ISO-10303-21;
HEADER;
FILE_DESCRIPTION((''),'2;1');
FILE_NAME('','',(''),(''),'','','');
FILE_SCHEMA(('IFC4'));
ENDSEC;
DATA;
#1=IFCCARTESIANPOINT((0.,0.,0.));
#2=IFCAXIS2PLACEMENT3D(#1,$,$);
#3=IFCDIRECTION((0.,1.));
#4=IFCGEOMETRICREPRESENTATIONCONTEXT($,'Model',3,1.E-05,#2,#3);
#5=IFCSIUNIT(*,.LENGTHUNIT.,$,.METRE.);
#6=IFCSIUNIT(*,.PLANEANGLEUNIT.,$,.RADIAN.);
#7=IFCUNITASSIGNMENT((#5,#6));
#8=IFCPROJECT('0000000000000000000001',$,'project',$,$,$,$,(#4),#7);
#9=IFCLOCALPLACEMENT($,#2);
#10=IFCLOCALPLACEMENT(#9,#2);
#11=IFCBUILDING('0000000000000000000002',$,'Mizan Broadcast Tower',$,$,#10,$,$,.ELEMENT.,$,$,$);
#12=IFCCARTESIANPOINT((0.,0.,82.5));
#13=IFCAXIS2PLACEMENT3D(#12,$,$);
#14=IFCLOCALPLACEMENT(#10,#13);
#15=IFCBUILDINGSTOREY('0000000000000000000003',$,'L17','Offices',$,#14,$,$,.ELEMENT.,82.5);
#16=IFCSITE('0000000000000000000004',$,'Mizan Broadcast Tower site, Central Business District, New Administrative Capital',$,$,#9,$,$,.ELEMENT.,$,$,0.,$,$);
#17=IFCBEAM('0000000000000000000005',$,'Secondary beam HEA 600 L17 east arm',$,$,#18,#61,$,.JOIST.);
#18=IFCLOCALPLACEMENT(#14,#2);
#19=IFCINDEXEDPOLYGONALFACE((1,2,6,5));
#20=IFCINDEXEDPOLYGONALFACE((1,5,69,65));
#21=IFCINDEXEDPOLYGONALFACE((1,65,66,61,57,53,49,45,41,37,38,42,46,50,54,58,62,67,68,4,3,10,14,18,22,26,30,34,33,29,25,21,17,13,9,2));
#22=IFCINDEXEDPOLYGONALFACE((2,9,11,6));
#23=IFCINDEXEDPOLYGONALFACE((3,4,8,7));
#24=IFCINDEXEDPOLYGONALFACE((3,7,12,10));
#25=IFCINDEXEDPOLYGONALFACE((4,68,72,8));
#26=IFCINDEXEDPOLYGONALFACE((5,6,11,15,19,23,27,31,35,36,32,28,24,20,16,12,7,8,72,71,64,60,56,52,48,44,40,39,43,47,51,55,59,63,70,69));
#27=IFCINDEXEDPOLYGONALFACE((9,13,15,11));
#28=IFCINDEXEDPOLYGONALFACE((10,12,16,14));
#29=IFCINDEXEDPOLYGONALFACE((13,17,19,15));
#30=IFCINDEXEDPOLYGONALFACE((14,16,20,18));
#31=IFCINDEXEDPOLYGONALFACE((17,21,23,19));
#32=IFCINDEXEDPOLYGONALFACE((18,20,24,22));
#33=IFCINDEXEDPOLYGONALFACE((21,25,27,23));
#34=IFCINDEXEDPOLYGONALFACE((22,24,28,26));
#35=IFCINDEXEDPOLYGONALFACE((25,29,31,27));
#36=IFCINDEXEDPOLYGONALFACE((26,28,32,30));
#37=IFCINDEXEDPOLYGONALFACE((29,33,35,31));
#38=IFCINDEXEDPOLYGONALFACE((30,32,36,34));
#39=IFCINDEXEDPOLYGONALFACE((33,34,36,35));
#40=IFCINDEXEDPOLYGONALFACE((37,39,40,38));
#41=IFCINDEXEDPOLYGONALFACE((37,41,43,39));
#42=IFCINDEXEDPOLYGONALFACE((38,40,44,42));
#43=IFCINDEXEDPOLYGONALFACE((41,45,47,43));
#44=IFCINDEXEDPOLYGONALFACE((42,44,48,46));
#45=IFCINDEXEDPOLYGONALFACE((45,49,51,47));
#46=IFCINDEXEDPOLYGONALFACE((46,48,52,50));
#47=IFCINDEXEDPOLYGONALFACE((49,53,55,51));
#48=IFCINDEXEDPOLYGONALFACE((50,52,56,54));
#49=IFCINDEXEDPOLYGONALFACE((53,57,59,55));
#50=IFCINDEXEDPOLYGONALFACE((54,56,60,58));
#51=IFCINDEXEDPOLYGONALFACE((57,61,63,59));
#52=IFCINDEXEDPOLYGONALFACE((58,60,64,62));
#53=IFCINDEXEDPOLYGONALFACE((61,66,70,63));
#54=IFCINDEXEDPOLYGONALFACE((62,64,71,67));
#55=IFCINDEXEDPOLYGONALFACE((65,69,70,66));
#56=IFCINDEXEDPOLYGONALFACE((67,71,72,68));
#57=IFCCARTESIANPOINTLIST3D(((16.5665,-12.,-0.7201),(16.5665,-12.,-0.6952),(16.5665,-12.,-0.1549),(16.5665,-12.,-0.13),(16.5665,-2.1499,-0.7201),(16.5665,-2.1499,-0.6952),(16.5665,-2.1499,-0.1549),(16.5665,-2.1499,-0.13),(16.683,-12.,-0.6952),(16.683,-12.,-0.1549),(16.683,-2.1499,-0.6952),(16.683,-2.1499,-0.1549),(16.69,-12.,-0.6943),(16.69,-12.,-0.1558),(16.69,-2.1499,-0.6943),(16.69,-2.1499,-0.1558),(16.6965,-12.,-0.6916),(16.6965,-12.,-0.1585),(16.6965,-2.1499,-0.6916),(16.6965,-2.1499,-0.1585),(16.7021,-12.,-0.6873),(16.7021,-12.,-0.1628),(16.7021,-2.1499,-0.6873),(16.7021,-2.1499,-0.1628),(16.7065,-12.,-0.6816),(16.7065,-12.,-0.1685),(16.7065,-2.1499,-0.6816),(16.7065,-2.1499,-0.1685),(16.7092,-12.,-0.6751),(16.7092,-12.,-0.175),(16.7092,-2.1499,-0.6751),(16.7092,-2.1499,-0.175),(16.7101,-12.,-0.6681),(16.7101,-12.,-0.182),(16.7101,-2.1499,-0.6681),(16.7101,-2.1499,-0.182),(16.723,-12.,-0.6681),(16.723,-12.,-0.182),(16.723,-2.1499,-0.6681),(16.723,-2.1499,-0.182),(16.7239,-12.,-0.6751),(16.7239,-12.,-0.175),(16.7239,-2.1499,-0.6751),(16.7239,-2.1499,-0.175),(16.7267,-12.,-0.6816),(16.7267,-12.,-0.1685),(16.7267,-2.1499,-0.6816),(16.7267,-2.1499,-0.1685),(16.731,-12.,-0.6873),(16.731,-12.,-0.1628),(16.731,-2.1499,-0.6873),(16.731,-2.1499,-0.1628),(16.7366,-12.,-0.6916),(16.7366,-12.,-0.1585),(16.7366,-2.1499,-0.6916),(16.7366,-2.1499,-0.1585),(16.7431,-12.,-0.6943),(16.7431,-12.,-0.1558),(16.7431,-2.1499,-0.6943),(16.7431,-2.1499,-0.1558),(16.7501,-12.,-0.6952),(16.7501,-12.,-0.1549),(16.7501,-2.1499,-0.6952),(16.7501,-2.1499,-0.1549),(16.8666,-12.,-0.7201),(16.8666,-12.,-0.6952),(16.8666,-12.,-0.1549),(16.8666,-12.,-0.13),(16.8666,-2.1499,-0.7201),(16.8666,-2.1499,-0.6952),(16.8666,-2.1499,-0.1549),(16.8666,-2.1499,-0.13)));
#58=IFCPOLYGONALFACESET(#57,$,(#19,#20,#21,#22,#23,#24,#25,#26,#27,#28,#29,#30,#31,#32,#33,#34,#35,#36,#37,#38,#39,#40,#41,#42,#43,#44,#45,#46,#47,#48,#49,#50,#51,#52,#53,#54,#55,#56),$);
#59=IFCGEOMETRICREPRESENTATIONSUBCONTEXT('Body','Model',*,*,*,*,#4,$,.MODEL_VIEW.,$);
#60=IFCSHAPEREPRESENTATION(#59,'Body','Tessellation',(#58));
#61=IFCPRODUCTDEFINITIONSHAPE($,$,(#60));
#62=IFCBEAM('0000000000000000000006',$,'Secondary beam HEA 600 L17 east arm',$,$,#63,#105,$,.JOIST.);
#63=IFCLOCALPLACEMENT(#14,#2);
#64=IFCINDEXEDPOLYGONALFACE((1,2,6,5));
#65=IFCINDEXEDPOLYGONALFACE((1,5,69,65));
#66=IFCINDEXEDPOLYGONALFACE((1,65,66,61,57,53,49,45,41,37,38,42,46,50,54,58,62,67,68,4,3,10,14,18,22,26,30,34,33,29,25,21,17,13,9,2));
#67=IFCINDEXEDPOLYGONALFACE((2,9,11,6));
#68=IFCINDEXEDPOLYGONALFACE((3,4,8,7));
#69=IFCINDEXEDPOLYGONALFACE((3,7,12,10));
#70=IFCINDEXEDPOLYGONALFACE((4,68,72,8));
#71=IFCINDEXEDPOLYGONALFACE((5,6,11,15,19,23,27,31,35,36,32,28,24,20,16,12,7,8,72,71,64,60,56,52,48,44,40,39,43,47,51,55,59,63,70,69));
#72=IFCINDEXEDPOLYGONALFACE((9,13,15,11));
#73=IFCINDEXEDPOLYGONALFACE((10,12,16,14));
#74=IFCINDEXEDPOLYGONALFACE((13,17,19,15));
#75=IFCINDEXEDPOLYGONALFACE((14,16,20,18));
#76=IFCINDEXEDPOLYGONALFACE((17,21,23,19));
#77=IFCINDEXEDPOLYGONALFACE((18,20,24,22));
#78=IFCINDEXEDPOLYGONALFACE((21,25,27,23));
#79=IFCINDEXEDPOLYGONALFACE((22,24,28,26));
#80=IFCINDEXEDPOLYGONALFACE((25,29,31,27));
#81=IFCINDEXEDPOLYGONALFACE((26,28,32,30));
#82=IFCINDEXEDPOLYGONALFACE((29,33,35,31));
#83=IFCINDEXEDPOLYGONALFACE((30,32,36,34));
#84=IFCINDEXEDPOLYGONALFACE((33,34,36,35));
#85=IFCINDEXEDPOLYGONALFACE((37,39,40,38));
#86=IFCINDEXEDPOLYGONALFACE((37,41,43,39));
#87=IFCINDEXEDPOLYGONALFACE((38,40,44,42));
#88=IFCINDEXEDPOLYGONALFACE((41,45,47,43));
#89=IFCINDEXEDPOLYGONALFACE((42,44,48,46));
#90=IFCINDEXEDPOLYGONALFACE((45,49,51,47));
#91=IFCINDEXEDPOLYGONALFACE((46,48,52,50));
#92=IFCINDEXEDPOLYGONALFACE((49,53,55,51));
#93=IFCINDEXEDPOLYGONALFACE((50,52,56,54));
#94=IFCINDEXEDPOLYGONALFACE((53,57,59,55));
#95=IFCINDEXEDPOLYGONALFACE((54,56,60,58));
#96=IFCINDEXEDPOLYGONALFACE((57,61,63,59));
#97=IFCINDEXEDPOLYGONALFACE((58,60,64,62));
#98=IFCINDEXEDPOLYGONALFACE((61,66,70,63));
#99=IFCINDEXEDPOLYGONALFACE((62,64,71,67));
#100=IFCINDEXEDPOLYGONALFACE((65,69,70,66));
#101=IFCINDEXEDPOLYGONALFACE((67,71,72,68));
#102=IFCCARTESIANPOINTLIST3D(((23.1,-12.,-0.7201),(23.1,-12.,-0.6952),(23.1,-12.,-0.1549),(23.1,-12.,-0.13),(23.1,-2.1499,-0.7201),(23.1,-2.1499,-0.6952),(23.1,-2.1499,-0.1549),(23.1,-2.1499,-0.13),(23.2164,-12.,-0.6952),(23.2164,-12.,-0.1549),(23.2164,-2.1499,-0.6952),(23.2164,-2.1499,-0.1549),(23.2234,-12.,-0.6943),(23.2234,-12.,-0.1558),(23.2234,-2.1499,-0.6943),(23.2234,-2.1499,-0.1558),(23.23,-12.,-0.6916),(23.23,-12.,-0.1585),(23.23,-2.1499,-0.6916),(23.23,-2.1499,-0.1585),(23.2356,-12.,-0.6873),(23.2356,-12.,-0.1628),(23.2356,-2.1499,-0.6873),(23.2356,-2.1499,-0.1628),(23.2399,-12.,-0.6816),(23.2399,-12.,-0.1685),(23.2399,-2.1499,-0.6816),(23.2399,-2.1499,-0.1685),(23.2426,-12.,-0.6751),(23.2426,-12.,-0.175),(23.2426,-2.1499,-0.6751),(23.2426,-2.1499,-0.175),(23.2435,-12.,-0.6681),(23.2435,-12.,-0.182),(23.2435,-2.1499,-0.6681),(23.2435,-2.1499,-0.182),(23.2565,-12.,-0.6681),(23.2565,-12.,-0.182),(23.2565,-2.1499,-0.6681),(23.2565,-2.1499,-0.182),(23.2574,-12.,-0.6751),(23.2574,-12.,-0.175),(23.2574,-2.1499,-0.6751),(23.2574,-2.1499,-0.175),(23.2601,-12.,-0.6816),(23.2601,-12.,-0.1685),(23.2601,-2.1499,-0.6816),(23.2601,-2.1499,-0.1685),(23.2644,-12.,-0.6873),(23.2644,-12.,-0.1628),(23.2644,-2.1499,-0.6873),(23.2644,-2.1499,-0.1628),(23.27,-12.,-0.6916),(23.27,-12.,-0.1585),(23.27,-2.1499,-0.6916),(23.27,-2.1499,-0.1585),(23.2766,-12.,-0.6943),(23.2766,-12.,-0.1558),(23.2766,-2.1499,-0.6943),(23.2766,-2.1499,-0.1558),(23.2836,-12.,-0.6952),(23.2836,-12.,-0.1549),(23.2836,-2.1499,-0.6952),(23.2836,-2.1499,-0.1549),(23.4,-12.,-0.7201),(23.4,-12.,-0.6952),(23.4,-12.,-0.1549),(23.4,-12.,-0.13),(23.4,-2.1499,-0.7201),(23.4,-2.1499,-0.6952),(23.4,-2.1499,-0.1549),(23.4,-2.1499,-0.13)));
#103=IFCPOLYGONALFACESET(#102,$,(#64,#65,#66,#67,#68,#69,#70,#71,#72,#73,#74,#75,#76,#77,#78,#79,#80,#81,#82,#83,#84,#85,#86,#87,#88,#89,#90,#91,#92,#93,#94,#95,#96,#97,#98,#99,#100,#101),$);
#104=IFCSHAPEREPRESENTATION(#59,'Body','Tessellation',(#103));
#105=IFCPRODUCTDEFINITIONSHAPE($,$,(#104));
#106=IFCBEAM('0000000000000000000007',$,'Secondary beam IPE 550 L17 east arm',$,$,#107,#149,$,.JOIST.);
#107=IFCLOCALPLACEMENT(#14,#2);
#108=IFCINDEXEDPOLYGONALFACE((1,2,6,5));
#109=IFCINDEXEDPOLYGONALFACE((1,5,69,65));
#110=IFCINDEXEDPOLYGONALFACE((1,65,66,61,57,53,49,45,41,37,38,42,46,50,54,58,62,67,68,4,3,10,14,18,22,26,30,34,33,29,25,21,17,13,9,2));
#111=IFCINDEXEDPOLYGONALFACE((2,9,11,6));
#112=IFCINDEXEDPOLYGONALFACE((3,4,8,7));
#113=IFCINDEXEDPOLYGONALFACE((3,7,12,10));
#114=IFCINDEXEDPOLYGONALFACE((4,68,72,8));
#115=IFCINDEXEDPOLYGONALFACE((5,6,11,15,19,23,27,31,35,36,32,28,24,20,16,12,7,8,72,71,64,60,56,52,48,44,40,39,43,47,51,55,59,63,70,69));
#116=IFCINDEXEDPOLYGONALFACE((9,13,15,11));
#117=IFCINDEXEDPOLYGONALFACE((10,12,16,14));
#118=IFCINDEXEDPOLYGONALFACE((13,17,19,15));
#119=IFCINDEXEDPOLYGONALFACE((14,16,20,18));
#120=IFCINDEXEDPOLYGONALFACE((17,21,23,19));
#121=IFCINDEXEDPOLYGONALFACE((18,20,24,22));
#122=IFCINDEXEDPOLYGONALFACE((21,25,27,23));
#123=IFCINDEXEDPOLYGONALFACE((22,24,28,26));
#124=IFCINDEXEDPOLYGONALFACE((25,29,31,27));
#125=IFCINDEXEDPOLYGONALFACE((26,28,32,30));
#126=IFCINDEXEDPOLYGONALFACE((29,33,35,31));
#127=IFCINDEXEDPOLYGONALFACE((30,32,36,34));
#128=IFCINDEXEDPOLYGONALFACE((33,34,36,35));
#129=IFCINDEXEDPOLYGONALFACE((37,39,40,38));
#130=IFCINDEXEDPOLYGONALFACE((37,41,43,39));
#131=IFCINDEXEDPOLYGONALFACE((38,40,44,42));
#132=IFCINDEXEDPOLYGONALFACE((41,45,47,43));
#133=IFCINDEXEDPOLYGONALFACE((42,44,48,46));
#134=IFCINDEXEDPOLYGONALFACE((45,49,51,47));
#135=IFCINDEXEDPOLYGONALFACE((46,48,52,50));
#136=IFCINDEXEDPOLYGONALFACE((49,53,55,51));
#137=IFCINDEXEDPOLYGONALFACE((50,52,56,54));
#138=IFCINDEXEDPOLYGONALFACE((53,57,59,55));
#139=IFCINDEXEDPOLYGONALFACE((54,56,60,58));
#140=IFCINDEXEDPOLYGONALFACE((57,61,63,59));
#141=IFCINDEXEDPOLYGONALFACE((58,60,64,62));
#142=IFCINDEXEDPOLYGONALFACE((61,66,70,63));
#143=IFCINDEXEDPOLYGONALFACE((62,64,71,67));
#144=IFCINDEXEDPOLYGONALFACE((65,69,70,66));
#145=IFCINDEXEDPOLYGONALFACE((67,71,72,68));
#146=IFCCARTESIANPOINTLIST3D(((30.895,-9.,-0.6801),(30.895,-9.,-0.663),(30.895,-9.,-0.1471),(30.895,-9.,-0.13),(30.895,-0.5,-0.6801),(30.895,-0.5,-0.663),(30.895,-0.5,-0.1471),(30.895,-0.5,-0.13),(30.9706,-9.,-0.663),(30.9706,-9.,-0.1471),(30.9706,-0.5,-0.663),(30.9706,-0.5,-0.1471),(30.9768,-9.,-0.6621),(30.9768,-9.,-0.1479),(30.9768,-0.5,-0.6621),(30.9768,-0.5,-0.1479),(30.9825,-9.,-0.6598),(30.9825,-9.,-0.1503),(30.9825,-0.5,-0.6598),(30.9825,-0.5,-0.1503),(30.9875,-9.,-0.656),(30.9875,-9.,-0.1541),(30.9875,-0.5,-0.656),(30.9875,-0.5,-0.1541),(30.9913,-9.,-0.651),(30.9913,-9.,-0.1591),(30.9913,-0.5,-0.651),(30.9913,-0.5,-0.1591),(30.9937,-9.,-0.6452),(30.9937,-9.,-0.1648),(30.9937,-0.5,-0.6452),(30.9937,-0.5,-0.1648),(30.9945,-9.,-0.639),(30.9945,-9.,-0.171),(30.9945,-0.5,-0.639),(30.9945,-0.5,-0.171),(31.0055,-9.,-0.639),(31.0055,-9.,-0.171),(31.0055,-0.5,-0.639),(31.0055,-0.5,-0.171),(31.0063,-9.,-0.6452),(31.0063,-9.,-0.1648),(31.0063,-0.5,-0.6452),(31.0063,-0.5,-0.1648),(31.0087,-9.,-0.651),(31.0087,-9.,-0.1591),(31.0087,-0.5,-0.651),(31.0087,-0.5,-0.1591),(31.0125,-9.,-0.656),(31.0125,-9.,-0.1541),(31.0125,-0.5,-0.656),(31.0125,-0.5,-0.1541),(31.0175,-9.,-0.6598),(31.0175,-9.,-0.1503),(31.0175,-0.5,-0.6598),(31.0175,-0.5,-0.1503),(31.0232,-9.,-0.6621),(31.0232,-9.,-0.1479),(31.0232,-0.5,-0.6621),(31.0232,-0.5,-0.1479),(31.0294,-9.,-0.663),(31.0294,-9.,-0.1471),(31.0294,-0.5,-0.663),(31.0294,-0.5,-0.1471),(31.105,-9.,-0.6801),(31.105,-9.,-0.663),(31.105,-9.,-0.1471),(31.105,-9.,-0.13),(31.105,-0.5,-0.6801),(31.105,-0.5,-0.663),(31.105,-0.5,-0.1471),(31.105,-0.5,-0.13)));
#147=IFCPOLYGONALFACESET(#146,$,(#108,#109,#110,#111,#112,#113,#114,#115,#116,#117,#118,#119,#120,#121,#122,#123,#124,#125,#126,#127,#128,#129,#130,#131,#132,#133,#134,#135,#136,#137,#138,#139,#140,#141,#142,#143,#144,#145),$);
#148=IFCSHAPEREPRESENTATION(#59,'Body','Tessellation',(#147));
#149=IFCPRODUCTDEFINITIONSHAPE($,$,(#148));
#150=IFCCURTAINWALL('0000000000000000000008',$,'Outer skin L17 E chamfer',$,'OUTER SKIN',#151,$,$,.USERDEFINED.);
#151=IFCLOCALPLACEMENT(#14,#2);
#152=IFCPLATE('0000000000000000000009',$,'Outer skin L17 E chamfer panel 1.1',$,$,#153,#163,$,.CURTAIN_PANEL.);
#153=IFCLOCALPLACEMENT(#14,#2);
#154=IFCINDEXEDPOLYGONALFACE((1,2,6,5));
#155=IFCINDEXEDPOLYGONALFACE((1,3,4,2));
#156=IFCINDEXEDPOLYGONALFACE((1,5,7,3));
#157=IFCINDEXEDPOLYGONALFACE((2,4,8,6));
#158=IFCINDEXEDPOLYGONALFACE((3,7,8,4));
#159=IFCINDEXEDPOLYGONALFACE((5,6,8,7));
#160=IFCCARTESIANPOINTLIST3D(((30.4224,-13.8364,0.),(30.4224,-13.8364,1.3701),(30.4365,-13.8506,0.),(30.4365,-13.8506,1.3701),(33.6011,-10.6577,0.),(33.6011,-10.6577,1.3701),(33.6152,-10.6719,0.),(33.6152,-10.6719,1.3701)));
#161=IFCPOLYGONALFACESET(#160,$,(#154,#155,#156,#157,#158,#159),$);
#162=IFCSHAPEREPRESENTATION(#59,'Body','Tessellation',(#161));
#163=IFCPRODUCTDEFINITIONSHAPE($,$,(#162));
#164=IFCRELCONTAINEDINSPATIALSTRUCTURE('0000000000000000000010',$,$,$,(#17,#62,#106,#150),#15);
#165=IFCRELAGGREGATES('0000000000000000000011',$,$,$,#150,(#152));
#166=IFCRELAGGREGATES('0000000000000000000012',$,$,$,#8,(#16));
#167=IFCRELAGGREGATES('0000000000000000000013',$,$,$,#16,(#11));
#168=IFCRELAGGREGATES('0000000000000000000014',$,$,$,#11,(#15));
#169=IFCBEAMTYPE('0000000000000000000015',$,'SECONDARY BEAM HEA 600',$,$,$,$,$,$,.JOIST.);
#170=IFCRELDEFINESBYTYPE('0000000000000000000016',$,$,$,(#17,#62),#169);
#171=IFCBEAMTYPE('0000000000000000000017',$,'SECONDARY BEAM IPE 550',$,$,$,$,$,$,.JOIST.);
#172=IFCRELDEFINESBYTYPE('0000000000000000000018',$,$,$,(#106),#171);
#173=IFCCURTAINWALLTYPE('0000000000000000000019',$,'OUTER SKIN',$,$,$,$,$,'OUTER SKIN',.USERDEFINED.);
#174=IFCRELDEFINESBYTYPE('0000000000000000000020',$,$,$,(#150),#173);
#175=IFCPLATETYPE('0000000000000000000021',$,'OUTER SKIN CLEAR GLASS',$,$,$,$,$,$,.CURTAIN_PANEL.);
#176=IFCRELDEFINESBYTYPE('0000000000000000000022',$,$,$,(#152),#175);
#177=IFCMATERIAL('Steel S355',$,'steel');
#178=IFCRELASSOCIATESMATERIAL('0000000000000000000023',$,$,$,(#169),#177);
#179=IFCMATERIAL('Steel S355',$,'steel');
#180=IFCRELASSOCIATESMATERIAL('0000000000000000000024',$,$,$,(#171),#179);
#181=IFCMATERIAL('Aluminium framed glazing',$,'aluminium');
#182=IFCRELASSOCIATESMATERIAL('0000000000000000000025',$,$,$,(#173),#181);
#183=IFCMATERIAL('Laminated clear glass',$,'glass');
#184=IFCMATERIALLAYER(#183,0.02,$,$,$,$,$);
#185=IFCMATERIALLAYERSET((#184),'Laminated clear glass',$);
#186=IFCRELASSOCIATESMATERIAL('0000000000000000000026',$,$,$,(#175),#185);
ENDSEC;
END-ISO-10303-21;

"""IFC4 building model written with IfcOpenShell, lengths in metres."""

from ifc_helpers import new_model, si_unit, direction, frame, origin, origin_2d, place, context, subcontext, project, spatial, rectangle, i_section, extrude, material, layer, layer_set, material_profile, profile_set, type_object, element, aggregate, save


model = new_model("IFC4")

# Units and contexts
model_context = context("Model", 3, precision=1e-05, world=origin(), true_north=direction((0.0, 1.0)))
body_context = subcontext(model_context, "Body", "Model", "MODEL_VIEW")
ifc_project = project(units=[si_unit("LENGTHUNIT", "METRE"), si_unit("PLANEANGLEUNIT", "RADIAN")], contexts=[model_context])

# Site, building, storey
site_placement = place(None, origin())
site = spatial("IfcSite", under=ifc_project, at=site_placement, Name="Mizan Broadcast Tower site, Central Business District, New Administrative Capital", CompositionType="ELEMENT", RefElevation=0.0)
building_placement = place(site_placement, origin())
building = spatial("IfcBuilding", under=site, at=building_placement, Name="Mizan Broadcast Tower", CompositionType="ELEMENT")
storey_placement = place(building_placement, frame((0.0, 0.0, 82.5)))
storey = spatial("IfcBuildingStorey", under=building, at=storey_placement, Name="L17", Description="Offices", CompositionType="ELEMENT", Elevation=82.5)

# Beams
ifc_material_1 = material(Name="Steel S355", Category="steel")
ifc_material_profile_1 = material_profile(ifc_material_1, i_section(OverallWidth=0.3, OverallDepth=0.5901, WebThickness=0.0129, FlangeThickness=0.0249, FilletRadius=0.0271, at=origin_2d()), Name="HEA 600")
ifc_profile_set_1 = profile_set([ifc_material_profile_1], Name="Steel S355")
beam_type_1 = type_object("IfcBeamType", Name="SECONDARY BEAM HEA 600", PredefinedType="JOIST", material=ifc_profile_set_1)
for number, where, z_axis, x_axis, name in (
    (1, (16.7166, -12.0, -0.425), (0.0, 1.0, 0.0), (-1.0, 0.0, 0.0), "Secondary beam HEA 600 L17 east arm"),
    (2, (23.25, -12.0, -0.425), (0.0, 1.0, 0.0), (-1.0, 0.0, 0.0), "Secondary beam HEA 600 L17 east arm"),
):
    element("IfcBeam", number, at=place(storey_placement, frame(where, z_axis=z_axis, x_axis=x_axis)), inside=storey, type_object=beam_type_1, Name=name, PredefinedType="JOIST", context=body_context, shape_type="SweptSolid", body=[
        extrude(i_section(OverallWidth=0.3, OverallDepth=0.5901, WebThickness=0.0129, FlangeThickness=0.0249, FilletRadius=0.0271, at=origin_2d()), origin(), (0.0, 0.0, 1.0), 9.8501),
    ])
ifc_material_2 = material(Name="Steel S355", Category="steel")
ifc_material_profile_2 = material_profile(ifc_material_2, i_section(OverallWidth=0.21, OverallDepth=0.55, WebThickness=0.011, FlangeThickness=0.0171, FilletRadius=0.0239, at=origin_2d()), Name="IPE 550")
ifc_profile_set_2 = profile_set([ifc_material_profile_2], Name="Steel S355")
beam_type_2 = type_object("IfcBeamType", Name="SECONDARY BEAM IPE 550", PredefinedType="JOIST", material=ifc_profile_set_2)
beam_1_placement = place(storey_placement, frame((31.0, -9.0, -0.405), z_axis=(0.0, 1.0, 0.0), x_axis=(-1.0, 0.0, 0.0)))
element("IfcBeam", 3, at=beam_1_placement, inside=storey, type_object=beam_type_2, Name="Secondary beam IPE 550 L17 east arm", PredefinedType="JOIST", context=body_context, shape_type="SweptSolid", body=[
    extrude(i_section(OverallWidth=0.21, OverallDepth=0.55, WebThickness=0.011, FlangeThickness=0.0171, FilletRadius=0.0239, at=origin_2d()), origin(), (0.0, 0.0, 1.0), 8.5),
])

# Curtain wall, plate
ifc_material_3 = material(Name="Aluminium framed glazing", Category="aluminium")
curtain_wall_type = type_object("IfcCurtainWallType", Name="OUTER SKIN", ElementType="OUTER SKIN", PredefinedType="USERDEFINED", material=ifc_material_3)
curtain_wall_placement = place(storey_placement, origin())
curtain_wall = element("IfcCurtainWall", 4, at=curtain_wall_placement, inside=storey, type_object=curtain_wall_type, Name="Outer skin L17 E chamfer", ObjectType="OUTER SKIN", PredefinedType="USERDEFINED")
ifc_material_4 = material(Name="Laminated clear glass", Category="glass")
ifc_layer_1 = layer(ifc_material_4, 0.02)
ifc_layer_set_1 = layer_set([ifc_layer_1], Name="Laminated clear glass")
plate_type = type_object("IfcPlateType", Name="OUTER SKIN CLEAR GLASS", PredefinedType="CURTAIN_PANEL", material=ifc_layer_set_1)
plate_placement = place(storey_placement, frame((32.0188, -12.2542, 0.0), z_axis=(0.0, 0.0, 1.0), x_axis=(0.707107, 0.707107, 0.0)))
plate = element("IfcPlate", 5, at=plate_placement, type_object=plate_type, Name="Outer skin L17 E chamfer panel 1.1", PredefinedType="CURTAIN_PANEL", context=body_context, shape_type="SweptSolid", body=[
    extrude(rectangle(XDim=4.4954, YDim=0.02, at=origin_2d()), origin(), (0.0, 0.0, 1.0), 1.3701),
])
aggregate(curtain_wall, [plate])

save(model, "model.ifc")
